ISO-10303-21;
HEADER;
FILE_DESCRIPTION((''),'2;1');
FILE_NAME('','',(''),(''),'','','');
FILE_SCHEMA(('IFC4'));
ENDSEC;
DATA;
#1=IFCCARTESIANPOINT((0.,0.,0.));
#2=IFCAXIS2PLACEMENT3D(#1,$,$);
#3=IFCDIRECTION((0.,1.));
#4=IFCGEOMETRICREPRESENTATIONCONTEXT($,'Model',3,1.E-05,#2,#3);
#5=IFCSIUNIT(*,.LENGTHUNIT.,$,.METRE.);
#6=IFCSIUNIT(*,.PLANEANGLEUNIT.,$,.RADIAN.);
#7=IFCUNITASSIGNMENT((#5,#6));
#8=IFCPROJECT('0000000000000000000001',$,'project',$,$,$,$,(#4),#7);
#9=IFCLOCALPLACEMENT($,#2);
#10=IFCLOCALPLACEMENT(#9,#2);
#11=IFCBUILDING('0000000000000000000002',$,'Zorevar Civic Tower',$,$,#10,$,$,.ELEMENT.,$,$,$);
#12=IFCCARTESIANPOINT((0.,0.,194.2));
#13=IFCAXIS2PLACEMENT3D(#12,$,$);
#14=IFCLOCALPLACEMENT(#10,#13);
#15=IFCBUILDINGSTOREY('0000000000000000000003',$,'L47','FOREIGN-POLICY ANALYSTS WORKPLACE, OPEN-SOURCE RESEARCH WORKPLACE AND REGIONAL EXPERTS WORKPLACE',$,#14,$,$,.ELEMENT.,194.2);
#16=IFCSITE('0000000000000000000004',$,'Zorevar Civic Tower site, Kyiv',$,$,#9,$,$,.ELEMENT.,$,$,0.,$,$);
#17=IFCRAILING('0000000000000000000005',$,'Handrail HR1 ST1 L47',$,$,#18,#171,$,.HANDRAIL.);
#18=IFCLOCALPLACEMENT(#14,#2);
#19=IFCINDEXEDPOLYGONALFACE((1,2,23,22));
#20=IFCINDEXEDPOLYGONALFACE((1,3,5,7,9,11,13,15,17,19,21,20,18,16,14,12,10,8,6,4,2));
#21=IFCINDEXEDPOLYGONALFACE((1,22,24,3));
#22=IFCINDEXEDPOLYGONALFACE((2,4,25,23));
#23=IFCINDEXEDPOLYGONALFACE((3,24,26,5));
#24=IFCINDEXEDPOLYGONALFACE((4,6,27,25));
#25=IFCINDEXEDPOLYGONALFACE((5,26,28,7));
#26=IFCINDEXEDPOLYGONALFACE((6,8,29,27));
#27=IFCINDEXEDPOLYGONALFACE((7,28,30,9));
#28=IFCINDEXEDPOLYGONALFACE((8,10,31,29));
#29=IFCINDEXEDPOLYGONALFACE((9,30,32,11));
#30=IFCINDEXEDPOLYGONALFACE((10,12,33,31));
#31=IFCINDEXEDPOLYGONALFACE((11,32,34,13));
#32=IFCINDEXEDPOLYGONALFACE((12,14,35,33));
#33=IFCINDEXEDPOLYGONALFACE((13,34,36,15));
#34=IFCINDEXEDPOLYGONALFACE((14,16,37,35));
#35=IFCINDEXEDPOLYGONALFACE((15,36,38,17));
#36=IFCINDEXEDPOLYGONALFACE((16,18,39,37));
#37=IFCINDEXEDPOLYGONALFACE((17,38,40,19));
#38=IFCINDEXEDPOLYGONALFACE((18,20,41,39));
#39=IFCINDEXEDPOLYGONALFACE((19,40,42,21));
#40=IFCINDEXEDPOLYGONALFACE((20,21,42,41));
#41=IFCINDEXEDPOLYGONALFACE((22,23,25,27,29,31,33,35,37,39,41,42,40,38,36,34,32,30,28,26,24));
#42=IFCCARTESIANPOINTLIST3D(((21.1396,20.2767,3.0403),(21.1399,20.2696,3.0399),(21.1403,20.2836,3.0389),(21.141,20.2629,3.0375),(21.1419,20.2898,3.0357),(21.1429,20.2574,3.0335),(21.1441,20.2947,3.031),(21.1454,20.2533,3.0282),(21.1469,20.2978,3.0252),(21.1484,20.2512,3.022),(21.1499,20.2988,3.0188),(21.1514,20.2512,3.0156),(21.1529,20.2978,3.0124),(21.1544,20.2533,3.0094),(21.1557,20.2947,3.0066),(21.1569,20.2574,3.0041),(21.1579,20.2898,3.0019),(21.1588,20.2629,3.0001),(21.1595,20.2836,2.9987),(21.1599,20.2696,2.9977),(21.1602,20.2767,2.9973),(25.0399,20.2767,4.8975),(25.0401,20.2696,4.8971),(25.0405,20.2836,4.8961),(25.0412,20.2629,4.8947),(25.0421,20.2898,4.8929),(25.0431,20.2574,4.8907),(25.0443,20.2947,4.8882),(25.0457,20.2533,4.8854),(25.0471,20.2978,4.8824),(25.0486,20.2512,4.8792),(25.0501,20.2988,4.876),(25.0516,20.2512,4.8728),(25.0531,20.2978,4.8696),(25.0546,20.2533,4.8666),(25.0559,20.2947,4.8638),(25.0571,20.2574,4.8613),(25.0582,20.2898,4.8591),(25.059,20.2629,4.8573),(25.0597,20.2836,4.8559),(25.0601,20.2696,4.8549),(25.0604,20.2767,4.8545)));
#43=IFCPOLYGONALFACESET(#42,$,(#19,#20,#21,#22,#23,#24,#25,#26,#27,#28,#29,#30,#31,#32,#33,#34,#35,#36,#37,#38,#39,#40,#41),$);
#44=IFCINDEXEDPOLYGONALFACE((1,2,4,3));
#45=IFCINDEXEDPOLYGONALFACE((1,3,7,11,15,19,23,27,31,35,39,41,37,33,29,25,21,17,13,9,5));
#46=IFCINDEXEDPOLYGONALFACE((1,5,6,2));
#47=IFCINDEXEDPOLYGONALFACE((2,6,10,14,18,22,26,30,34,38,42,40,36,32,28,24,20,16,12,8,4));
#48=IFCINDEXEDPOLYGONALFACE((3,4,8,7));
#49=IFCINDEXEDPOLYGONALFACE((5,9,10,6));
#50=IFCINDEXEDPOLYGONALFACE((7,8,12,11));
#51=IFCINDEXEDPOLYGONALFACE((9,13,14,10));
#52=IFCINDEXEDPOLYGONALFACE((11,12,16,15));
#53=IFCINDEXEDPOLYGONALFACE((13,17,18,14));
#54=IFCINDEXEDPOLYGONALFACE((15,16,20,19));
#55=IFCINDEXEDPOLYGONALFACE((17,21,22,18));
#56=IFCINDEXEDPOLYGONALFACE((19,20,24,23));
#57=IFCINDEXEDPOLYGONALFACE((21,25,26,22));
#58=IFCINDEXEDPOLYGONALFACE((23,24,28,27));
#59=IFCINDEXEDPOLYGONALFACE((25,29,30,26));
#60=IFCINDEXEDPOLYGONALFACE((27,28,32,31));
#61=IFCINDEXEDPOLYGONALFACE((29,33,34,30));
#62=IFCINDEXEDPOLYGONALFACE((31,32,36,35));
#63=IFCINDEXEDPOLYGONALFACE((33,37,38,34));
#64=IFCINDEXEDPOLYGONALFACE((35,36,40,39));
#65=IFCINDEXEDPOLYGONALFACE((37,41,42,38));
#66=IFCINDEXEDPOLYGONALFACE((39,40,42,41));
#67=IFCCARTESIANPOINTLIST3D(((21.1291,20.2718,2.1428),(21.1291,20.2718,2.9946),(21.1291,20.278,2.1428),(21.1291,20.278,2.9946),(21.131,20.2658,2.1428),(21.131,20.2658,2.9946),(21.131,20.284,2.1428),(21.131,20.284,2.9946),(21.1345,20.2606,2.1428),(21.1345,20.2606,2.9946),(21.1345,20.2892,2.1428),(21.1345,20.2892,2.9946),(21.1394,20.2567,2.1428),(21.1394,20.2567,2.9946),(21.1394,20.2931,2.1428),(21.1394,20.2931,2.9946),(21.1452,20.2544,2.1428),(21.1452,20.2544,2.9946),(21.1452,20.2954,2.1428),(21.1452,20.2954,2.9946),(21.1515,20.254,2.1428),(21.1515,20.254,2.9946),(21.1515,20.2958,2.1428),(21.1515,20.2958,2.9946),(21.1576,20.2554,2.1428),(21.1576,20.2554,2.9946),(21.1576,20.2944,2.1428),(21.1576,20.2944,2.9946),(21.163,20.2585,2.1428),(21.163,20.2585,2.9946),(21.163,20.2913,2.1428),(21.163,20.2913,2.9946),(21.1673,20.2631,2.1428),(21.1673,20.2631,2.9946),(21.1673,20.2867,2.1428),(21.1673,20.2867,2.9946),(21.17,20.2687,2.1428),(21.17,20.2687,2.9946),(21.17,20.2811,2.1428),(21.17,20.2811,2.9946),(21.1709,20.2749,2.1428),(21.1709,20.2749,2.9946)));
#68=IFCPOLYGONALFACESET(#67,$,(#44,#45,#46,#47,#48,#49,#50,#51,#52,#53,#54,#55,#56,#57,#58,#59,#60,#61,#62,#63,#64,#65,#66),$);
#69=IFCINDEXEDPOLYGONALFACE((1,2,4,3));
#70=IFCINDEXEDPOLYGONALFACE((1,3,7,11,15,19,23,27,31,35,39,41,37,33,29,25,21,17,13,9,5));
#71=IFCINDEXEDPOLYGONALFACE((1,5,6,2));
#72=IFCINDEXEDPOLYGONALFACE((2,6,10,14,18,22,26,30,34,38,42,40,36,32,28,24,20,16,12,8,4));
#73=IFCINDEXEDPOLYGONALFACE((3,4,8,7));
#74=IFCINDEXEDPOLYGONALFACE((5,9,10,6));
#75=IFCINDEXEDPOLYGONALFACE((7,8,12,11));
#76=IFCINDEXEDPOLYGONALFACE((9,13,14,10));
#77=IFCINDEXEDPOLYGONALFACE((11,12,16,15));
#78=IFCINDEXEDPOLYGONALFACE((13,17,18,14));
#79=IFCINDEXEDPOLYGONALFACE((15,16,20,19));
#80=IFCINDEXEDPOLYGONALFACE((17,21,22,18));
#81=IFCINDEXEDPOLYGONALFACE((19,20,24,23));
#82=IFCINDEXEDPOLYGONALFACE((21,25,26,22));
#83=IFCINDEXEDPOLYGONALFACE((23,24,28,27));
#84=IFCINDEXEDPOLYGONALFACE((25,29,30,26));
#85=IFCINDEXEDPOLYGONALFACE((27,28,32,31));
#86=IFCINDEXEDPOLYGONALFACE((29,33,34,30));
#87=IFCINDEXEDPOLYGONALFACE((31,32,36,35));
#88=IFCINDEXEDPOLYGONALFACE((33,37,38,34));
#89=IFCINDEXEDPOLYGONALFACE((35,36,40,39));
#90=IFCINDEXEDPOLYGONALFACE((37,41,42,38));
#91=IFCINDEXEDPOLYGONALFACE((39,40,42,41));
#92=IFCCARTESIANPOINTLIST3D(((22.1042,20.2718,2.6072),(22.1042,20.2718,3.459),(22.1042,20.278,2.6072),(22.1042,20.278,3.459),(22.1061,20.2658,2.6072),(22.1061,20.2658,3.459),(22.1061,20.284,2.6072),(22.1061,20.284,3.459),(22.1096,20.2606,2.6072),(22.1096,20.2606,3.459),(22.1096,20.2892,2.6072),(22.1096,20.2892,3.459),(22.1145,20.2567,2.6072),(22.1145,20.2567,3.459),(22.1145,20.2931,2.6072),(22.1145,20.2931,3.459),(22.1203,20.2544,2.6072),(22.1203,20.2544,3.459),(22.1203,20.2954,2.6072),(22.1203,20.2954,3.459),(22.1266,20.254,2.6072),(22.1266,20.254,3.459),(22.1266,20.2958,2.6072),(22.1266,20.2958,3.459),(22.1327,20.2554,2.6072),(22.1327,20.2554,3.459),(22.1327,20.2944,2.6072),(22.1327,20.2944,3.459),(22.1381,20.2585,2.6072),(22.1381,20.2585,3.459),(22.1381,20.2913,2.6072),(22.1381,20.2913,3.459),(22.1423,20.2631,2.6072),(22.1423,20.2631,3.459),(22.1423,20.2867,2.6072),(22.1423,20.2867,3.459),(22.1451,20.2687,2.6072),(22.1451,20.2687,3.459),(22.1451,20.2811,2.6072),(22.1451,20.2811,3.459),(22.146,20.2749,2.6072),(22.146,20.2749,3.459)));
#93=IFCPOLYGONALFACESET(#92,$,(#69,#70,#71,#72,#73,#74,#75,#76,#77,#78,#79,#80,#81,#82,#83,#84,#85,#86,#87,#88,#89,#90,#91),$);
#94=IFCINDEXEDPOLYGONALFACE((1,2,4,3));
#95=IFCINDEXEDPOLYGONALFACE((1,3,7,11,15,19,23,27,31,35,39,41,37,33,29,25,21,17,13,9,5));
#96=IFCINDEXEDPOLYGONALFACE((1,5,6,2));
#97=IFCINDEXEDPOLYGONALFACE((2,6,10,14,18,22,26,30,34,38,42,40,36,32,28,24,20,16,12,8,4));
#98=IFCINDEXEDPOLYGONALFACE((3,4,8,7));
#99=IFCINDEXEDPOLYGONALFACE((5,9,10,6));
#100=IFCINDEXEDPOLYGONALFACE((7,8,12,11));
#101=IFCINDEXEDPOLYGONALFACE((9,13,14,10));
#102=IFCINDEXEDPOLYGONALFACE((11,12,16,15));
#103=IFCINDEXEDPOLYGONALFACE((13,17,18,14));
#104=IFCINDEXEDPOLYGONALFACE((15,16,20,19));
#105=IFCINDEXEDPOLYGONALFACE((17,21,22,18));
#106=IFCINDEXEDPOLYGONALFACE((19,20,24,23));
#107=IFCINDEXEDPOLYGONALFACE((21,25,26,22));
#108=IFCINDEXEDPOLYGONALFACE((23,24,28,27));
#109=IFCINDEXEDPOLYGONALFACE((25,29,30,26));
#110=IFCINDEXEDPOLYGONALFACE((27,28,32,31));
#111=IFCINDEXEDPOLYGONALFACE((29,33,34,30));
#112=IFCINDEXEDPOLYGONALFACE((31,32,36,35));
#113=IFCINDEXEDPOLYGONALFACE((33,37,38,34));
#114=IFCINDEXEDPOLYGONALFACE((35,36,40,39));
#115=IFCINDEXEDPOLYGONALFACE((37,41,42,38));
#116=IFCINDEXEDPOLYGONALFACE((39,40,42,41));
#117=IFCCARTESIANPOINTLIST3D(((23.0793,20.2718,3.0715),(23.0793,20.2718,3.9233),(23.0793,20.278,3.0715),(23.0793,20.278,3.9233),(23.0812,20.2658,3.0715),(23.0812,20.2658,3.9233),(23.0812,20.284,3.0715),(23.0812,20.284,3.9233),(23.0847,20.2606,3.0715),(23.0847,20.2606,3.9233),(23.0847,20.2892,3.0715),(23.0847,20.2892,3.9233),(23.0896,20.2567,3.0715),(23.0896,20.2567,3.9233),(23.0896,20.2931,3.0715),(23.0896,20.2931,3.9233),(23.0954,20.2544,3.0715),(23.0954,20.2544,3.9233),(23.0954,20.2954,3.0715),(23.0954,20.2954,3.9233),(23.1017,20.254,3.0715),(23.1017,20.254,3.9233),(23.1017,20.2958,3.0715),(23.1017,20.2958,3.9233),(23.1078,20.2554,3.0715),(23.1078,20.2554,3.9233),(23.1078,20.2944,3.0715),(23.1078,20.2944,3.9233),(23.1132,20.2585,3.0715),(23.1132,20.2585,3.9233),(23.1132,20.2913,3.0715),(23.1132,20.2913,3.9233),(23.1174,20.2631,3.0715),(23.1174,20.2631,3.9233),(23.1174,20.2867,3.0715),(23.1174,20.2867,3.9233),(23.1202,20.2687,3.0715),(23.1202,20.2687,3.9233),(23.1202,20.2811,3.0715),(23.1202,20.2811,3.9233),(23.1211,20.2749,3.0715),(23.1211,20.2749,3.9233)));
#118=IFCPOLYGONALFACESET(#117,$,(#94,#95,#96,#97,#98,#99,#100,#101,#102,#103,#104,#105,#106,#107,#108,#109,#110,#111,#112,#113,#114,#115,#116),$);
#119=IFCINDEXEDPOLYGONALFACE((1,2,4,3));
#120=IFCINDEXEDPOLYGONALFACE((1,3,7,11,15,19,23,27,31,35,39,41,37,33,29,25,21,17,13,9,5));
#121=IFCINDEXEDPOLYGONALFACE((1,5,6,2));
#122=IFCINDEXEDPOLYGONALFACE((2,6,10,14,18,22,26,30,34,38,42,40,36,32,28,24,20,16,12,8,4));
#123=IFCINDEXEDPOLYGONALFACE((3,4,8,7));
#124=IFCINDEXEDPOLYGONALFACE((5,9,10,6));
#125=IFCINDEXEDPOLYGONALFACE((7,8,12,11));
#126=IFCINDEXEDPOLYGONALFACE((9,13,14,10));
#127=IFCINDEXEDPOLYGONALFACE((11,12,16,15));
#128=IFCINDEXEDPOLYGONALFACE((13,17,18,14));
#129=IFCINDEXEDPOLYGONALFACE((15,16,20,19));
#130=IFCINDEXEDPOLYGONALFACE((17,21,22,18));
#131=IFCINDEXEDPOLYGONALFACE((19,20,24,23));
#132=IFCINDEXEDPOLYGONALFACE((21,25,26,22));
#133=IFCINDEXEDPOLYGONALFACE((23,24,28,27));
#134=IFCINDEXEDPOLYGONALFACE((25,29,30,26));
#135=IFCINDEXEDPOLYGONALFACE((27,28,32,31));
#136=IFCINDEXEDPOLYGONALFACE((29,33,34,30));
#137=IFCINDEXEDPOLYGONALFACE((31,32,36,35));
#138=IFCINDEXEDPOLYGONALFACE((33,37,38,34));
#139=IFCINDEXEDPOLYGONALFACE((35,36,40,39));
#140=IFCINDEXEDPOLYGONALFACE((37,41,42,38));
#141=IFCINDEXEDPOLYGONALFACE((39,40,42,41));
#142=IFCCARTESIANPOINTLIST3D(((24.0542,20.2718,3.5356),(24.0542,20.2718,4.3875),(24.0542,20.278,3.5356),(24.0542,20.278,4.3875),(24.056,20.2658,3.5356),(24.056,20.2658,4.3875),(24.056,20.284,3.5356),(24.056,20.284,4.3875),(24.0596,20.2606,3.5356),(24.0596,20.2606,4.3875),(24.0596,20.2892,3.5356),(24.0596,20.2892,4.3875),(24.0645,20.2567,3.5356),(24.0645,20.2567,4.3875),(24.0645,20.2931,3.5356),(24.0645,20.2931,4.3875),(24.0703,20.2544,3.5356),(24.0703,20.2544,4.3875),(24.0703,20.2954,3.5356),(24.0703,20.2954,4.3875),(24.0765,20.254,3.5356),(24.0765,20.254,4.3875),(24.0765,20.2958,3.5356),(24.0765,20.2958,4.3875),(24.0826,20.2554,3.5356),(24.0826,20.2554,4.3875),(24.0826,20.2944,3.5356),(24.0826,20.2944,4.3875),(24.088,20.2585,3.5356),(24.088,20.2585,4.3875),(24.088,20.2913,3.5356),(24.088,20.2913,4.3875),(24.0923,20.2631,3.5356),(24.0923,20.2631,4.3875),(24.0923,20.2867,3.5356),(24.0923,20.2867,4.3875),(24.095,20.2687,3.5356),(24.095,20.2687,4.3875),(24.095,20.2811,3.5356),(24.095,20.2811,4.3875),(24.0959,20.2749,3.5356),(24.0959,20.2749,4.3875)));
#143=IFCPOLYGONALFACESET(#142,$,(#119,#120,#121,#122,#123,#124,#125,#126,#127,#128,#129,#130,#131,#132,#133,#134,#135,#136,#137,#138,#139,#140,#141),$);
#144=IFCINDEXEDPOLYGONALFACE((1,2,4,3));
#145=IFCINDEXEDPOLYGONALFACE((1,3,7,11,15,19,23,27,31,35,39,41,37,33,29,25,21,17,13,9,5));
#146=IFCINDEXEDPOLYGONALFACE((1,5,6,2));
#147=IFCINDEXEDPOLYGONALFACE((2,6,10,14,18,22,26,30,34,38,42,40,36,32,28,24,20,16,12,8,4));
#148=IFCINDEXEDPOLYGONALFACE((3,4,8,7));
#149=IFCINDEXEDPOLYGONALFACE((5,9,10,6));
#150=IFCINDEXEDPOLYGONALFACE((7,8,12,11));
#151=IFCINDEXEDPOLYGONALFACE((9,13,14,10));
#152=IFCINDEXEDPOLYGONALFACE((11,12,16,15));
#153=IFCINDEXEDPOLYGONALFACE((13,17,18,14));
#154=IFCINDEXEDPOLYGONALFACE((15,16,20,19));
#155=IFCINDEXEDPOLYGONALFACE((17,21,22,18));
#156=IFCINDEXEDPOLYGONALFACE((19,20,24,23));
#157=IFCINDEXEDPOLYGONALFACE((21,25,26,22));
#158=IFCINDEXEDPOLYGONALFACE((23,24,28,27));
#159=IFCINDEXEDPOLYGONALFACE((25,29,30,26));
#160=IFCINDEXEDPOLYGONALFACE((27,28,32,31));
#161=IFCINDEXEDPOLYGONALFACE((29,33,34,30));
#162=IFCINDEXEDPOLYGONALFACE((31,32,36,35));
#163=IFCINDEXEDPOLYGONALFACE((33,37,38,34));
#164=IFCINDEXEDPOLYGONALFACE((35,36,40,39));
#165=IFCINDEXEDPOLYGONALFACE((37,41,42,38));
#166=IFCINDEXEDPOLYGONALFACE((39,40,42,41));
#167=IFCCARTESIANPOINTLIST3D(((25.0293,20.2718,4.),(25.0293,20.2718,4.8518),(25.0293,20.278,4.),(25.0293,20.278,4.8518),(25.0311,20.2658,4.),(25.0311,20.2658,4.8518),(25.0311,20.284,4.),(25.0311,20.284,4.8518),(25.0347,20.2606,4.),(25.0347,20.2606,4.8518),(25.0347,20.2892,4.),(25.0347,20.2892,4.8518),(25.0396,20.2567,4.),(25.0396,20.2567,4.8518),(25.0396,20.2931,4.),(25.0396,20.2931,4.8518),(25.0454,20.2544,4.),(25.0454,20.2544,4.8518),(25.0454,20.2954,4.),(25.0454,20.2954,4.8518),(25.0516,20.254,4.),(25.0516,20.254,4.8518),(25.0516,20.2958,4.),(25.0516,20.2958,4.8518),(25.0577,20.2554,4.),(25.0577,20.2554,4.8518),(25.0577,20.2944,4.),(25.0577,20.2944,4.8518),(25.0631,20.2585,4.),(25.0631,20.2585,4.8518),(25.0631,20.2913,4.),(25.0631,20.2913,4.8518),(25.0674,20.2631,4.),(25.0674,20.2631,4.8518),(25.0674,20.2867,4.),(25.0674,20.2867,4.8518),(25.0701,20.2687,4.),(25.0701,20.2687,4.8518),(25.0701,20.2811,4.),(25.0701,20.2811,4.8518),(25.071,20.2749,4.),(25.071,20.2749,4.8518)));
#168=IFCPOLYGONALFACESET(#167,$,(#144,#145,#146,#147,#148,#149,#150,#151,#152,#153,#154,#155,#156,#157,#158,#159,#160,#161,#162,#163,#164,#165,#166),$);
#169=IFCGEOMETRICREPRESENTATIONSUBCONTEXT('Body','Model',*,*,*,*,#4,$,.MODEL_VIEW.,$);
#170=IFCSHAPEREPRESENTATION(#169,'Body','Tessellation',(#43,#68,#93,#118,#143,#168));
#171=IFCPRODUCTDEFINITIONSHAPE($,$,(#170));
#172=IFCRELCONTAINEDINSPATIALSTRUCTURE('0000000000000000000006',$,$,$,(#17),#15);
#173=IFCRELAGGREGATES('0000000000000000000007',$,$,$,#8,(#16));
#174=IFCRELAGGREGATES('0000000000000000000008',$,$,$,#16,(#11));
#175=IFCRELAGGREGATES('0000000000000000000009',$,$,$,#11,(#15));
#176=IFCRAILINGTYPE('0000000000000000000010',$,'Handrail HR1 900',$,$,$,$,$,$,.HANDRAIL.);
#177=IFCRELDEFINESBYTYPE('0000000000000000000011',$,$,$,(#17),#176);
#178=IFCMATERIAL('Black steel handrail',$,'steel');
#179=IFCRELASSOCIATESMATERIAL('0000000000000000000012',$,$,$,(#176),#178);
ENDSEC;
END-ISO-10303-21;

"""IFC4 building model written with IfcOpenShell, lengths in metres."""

from ifc_helpers import new_model, si_unit, direction, frame, origin, origin_2d, place, context, subcontext, project, spatial, circle, extrude, material, type_object, element, save


model = new_model("IFC4")

# Units and contexts
model_context = context("Model", 3, precision=1e-05, world=origin(), true_north=direction((0.0, 1.0)))
body_context = subcontext(model_context, "Body", "Model", "MODEL_VIEW")
ifc_project = project(units=[si_unit("LENGTHUNIT", "METRE"), si_unit("PLANEANGLEUNIT", "RADIAN")], contexts=[model_context])

# Site, building, storey
site_placement = place(None, origin())
site = spatial("IfcSite", under=ifc_project, at=site_placement, Name="Zorevar Civic Tower site, Kyiv", CompositionType="ELEMENT", RefElevation=0.0)
building_placement = place(site_placement, origin())
building = spatial("IfcBuilding", under=site, at=building_placement, Name="Zorevar Civic Tower", CompositionType="ELEMENT")
storey_placement = place(building_placement, frame((0.0, 0.0, 194.2)))
storey = spatial("IfcBuildingStorey", under=building, at=storey_placement, Name="L47", Description="FOREIGN-POLICY ANALYSTS WORKPLACE, OPEN-SOURCE RESEARCH WORKPLACE AND REGIONAL EXPERTS WORKPLACE", CompositionType="ELEMENT", Elevation=194.2)

# Railing
ifc_material_1 = material(Name="Black steel handrail", Category="steel")
railing_type = type_object("IfcRailingType", Name="Handrail HR1 900", PredefinedType="HANDRAIL", material=ifc_material_1)
railing_1_placement = place(storey_placement, frame((21.1499, 20.2749, 2.1428)))
element("IfcRailing", 1, at=railing_1_placement, inside=storey, type_object=railing_type, Name="Handrail HR1 ST1 L47", PredefinedType="HANDRAIL", context=body_context, shape_type="SweptSolid", body=[
    extrude(circle(Radius=0.0239, at=origin_2d()), frame((0.0, 0.0, 0.876), z_axis=(0.902864, 0.0, 0.429927), x_axis=(0.0, 1.0, 0.0)), (0.0, 0.0, 1.0), 4.3198),
    extrude(circle(Radius=0.021, at=origin_2d()), origin(), (0.0, 0.0, 1.0), 0.8518),
    extrude(circle(Radius=0.021, at=origin_2d()), frame((0.9751, 0.0, 0.4644)), (0.0, 0.0, 1.0), 0.8518),
    extrude(circle(Radius=0.021, at=origin_2d()), frame((1.9502, 0.0, 0.9287)), (0.0, 0.0, 1.0), 0.8518),
    extrude(circle(Radius=0.021, at=origin_2d()), frame((2.925, 0.0, 1.3928)), (0.0, 0.0, 1.0), 0.8518),
    extrude(circle(Radius=0.021, at=origin_2d()), frame((3.9001, 0.0, 1.8572)), (0.0, 0.0, 1.0), 0.8518),
])

save(model, "model.ifc")
